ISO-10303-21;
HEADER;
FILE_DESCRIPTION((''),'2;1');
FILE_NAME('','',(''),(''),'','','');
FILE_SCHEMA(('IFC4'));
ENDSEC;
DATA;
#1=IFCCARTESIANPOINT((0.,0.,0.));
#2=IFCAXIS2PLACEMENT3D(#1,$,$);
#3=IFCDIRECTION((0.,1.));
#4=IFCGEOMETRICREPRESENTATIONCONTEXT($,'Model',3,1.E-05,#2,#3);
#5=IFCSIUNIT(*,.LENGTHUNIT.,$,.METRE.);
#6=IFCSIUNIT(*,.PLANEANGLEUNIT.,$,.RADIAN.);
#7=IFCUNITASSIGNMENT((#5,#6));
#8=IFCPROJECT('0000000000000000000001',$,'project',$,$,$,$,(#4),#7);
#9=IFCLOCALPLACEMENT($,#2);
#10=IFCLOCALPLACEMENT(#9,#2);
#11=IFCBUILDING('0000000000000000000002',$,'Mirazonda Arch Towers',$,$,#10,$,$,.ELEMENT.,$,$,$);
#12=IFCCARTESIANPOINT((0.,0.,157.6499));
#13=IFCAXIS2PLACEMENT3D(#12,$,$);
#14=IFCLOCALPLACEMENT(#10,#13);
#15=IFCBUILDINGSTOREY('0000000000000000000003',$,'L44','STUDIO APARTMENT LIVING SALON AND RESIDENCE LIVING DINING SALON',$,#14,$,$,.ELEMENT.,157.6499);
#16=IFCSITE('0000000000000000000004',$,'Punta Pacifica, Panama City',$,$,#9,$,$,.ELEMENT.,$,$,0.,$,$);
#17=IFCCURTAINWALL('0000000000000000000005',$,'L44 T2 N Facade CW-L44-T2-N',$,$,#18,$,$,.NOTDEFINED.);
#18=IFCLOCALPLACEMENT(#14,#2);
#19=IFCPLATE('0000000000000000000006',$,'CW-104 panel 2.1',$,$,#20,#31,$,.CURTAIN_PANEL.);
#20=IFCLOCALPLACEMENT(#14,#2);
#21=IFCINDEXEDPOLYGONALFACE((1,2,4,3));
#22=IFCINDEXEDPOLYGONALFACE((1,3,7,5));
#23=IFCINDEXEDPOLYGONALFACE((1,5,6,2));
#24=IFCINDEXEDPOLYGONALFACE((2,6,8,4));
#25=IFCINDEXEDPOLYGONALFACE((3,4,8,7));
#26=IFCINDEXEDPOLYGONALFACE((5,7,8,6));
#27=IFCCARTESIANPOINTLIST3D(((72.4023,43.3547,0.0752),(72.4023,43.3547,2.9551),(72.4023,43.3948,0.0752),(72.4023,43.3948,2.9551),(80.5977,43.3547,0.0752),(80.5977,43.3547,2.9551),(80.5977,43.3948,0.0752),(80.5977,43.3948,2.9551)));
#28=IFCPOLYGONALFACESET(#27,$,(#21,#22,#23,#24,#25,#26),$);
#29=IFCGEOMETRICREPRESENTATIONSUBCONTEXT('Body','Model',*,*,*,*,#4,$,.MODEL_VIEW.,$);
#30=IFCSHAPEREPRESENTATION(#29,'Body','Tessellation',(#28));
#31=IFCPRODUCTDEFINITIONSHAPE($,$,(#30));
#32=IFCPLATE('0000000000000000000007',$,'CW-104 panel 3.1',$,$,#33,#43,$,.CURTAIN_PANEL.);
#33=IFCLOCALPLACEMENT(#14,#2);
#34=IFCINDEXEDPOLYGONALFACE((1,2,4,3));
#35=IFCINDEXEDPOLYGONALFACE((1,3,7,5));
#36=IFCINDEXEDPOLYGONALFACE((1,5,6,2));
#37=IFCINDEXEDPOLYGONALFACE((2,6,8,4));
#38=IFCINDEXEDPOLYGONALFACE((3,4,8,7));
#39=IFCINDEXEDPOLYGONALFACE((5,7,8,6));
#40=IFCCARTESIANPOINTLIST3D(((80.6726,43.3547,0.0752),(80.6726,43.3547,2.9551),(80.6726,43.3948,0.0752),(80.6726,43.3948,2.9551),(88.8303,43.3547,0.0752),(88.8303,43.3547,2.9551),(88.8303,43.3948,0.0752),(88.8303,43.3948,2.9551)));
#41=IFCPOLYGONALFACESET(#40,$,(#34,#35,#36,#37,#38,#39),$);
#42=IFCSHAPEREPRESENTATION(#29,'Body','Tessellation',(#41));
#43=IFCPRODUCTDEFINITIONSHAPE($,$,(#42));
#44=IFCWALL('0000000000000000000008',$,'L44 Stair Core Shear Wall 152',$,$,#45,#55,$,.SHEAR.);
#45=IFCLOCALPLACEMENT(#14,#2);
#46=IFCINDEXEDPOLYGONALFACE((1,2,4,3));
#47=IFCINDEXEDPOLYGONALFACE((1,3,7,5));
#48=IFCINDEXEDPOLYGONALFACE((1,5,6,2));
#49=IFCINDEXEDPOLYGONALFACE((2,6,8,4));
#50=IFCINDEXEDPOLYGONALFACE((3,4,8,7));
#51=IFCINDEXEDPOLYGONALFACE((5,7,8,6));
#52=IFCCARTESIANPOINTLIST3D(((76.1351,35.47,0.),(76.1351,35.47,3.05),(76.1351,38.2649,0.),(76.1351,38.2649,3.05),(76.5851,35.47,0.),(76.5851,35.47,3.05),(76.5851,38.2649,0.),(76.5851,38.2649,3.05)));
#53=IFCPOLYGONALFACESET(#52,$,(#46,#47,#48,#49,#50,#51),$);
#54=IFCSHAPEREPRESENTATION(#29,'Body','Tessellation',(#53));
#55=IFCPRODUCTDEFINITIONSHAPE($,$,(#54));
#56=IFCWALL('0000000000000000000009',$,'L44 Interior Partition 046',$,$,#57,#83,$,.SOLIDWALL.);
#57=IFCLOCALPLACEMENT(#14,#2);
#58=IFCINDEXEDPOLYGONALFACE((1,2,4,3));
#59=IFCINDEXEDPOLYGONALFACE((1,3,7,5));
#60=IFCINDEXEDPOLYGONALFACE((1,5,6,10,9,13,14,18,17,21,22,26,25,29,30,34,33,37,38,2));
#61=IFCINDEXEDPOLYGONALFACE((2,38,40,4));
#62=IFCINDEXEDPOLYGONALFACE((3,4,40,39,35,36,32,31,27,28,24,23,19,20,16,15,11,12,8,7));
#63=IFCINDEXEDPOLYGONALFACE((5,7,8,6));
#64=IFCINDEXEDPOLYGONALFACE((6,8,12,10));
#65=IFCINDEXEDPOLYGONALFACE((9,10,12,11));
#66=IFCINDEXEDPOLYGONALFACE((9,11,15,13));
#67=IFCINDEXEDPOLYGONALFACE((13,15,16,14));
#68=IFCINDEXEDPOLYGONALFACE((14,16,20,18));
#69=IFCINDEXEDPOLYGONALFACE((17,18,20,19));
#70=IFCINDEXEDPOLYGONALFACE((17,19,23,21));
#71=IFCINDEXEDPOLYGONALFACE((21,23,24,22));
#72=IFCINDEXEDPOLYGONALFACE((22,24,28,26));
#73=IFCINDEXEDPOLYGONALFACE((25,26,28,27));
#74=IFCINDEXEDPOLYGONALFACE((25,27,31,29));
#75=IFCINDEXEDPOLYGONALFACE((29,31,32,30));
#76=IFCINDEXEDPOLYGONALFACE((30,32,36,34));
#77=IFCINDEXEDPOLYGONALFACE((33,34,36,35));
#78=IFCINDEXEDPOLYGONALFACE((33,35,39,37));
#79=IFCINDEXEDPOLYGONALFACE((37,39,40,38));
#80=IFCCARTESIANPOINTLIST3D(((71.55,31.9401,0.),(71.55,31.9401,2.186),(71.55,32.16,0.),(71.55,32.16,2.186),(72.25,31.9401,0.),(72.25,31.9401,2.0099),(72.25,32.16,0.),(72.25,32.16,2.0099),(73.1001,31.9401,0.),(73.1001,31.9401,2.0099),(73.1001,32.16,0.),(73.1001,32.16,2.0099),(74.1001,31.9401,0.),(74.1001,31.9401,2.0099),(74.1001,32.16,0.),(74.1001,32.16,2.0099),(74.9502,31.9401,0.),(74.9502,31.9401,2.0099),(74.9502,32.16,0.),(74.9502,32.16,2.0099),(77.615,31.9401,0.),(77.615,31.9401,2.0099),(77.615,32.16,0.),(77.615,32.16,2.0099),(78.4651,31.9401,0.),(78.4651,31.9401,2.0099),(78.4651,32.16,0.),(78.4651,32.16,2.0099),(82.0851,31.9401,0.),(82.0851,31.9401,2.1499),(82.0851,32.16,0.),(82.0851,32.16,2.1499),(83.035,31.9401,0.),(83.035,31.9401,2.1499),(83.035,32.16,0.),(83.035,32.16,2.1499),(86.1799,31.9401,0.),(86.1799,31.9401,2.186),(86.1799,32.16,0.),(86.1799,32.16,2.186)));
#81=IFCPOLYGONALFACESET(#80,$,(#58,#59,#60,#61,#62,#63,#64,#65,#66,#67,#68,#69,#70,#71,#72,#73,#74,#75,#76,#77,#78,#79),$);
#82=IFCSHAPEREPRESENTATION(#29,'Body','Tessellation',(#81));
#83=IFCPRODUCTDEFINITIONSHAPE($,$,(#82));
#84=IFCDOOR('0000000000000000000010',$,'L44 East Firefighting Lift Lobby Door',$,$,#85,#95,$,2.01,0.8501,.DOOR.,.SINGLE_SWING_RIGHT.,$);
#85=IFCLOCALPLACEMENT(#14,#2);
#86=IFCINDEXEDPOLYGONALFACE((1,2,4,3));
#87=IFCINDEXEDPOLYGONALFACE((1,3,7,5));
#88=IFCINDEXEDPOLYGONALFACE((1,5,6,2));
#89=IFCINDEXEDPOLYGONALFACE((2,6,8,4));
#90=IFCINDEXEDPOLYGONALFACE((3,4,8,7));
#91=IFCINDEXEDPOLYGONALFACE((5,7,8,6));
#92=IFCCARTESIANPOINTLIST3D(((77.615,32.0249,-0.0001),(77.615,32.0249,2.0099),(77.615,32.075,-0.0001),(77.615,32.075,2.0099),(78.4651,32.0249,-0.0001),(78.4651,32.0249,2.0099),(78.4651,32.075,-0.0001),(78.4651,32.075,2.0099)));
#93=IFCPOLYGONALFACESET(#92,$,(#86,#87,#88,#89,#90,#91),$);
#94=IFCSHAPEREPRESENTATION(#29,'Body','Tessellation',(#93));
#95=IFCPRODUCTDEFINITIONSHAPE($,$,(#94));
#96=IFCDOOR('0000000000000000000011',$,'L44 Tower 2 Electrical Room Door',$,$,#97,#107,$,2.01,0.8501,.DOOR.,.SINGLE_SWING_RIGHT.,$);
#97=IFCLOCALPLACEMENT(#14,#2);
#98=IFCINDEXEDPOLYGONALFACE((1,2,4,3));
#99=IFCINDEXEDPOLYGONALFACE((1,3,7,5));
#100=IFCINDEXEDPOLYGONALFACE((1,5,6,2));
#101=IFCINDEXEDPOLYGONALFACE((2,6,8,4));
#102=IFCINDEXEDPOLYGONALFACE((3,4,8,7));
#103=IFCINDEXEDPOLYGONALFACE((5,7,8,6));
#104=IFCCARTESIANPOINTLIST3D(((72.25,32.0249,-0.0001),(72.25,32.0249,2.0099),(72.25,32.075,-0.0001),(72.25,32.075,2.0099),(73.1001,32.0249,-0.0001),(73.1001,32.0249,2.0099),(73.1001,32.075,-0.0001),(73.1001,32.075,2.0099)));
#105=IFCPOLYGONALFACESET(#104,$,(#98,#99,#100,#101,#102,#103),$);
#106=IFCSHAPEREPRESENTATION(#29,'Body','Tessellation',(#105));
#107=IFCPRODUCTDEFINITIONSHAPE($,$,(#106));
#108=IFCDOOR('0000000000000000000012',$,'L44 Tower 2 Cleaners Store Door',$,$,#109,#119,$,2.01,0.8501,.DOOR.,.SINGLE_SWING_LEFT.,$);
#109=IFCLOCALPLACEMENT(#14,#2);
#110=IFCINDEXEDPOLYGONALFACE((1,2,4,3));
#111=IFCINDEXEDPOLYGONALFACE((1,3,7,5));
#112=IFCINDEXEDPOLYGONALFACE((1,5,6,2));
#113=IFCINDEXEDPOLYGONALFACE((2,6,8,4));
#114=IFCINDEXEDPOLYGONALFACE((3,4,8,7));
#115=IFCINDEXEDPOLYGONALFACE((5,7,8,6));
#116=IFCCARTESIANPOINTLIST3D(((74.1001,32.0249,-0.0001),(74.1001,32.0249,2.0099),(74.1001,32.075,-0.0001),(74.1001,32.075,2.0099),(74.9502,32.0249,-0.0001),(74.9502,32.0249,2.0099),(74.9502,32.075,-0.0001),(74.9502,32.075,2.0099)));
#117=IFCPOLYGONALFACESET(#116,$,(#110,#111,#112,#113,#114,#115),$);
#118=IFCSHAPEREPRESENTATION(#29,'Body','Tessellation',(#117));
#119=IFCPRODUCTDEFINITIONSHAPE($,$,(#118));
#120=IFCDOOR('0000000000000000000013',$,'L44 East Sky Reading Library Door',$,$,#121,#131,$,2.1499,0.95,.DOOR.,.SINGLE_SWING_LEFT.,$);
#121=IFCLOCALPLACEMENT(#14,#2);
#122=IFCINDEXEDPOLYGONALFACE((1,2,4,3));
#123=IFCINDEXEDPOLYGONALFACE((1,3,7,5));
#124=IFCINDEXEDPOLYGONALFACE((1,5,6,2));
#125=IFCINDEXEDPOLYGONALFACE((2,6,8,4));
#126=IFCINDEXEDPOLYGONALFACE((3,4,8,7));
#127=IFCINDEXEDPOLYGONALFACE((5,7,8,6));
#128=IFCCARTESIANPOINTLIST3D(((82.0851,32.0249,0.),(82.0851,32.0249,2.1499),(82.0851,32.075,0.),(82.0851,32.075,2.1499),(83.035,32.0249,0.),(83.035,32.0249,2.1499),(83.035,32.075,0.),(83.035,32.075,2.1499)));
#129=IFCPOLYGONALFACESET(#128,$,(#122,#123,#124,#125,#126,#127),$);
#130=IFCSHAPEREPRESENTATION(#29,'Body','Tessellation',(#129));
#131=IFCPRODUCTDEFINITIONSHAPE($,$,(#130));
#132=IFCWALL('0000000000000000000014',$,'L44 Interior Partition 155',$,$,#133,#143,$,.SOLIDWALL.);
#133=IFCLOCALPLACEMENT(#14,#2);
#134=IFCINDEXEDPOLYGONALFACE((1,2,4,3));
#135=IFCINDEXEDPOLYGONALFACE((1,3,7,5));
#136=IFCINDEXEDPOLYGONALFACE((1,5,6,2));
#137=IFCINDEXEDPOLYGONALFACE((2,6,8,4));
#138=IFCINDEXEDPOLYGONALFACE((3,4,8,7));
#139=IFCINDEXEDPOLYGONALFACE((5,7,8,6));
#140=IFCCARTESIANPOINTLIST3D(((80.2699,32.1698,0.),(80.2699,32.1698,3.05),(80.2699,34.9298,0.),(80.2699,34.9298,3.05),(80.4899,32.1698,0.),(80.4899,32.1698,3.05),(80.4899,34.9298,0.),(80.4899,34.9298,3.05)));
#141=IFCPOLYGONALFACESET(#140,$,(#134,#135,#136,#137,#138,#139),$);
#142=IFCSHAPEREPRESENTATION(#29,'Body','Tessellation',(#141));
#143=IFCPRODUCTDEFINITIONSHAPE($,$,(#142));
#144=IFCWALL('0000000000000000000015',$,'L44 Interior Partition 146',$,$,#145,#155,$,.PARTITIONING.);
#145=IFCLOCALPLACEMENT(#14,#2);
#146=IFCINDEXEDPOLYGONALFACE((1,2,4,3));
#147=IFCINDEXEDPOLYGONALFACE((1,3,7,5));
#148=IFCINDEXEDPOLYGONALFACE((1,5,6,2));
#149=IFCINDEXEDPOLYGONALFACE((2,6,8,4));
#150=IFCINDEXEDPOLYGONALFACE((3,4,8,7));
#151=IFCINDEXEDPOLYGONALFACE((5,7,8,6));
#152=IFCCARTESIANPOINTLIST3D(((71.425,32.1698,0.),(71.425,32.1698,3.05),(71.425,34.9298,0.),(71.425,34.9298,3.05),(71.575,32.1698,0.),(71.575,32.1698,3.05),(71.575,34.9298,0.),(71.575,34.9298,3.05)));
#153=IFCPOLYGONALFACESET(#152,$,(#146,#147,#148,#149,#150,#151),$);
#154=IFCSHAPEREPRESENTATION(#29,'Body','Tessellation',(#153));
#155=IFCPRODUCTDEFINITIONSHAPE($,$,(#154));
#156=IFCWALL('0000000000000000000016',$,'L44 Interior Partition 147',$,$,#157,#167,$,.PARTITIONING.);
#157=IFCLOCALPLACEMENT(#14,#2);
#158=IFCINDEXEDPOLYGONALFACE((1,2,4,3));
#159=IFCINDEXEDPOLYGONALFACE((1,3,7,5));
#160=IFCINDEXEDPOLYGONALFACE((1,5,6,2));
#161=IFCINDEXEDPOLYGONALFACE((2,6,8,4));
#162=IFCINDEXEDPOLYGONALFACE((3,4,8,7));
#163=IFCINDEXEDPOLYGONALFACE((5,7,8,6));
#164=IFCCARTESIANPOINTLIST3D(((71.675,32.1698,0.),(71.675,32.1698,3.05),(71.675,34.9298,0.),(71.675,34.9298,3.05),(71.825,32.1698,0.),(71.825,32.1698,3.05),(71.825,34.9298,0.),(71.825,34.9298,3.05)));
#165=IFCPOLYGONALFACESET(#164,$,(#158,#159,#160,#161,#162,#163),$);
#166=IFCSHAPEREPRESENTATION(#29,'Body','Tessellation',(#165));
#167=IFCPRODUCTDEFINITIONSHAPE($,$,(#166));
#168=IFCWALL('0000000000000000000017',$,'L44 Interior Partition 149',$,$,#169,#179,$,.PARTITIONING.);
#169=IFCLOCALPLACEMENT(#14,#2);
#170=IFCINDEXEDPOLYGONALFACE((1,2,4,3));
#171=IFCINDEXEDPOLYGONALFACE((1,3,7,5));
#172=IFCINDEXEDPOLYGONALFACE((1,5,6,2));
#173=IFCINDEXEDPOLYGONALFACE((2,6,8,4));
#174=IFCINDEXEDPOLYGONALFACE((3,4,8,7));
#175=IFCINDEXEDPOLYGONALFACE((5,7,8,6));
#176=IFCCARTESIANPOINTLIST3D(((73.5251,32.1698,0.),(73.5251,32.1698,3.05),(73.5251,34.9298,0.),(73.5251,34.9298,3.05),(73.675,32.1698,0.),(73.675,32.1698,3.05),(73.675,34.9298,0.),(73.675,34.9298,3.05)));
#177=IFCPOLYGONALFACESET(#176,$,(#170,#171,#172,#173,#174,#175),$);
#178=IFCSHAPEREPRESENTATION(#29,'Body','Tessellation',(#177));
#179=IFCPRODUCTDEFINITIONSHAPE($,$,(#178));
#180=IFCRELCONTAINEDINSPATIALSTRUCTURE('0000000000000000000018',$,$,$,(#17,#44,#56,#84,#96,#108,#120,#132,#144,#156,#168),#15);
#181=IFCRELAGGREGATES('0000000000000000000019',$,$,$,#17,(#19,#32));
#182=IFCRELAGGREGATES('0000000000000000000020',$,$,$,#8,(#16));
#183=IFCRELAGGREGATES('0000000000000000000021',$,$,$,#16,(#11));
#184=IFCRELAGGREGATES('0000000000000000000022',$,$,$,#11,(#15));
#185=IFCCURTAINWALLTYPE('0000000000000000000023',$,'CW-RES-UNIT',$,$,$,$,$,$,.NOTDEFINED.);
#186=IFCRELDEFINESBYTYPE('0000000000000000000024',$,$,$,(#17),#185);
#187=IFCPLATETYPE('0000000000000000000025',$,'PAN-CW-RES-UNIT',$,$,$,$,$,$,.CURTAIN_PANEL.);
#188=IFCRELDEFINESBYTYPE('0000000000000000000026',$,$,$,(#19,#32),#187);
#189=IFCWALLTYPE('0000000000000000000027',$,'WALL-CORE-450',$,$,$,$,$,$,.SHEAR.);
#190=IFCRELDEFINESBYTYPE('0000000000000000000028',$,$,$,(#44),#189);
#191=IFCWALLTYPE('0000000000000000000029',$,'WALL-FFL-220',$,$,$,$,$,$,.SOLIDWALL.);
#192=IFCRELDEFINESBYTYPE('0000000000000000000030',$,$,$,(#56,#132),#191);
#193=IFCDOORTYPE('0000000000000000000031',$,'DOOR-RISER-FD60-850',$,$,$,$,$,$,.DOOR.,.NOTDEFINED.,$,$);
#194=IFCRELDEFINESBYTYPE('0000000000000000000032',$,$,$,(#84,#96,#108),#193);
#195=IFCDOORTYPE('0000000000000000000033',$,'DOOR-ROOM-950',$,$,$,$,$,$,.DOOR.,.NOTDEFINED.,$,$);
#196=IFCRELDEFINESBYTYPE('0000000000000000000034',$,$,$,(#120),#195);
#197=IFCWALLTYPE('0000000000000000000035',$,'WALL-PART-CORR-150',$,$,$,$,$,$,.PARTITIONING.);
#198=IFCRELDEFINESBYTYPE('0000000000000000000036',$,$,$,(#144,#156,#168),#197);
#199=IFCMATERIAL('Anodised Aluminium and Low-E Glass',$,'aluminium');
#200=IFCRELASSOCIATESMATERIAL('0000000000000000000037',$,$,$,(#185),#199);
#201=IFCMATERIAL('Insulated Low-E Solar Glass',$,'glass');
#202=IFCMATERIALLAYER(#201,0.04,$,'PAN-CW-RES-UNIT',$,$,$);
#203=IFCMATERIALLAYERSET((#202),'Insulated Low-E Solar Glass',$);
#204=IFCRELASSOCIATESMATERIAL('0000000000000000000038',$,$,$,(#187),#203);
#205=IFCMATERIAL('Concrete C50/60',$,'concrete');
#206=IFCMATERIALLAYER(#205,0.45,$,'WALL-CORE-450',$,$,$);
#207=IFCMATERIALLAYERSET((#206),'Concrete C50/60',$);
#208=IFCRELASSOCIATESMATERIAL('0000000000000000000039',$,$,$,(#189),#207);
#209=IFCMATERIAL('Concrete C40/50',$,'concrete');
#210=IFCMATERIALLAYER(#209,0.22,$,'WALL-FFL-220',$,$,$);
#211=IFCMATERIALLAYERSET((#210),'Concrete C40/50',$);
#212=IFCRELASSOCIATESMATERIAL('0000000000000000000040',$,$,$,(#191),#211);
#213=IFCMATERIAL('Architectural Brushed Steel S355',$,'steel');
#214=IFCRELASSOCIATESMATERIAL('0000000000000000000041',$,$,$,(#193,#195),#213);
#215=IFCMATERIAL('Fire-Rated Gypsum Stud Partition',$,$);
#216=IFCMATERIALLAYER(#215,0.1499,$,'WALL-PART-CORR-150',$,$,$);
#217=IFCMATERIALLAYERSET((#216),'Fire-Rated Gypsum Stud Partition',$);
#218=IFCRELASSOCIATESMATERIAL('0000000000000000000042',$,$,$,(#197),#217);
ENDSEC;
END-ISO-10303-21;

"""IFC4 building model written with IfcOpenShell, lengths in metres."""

from ifc_helpers import new_model, si_unit, direction, frame, frame_2d, origin, origin_2d, place, context, subcontext, project, spatial, rectangle, extrude, material, layer, layer_set, type_object, element, fill, aggregate, save


model = new_model("IFC4")

# Units and contexts
model_context = context("Model", 3, precision=1e-05, world=origin(), true_north=direction((0.0, 1.0)))
body_context = subcontext(model_context, "Body", "Model", "MODEL_VIEW")
ifc_project = project(units=[si_unit("LENGTHUNIT", "METRE"), si_unit("PLANEANGLEUNIT", "RADIAN")], contexts=[model_context])

# Site, building, storey
site_placement = place(None, origin())
site = spatial("IfcSite", under=ifc_project, at=site_placement, Name="Punta Pacifica, Panama City", CompositionType="ELEMENT", RefElevation=0.0)
building_placement = place(site_placement, origin())
building = spatial("IfcBuilding", under=site, at=building_placement, Name="Mirazonda Arch Towers", CompositionType="ELEMENT")
storey_placement = place(building_placement, frame((0.0, 0.0, 157.6499)))
storey = spatial("IfcBuildingStorey", under=building, at=storey_placement, Name="L44", Description="STUDIO APARTMENT LIVING SALON AND RESIDENCE LIVING DINING SALON", CompositionType="ELEMENT", Elevation=157.6499)

# Shared definitions
ifc_material_1 = material(Name="Concrete C50/60", Category="concrete")

# Curtain wall, plates
ifc_material_2 = material(Name="Anodised Aluminium and Low-E Glass", Category="aluminium")
curtain_wall_type = type_object("IfcCurtainWallType", Name="CW-RES-UNIT", PredefinedType="NOTDEFINED", material=ifc_material_2)
curtain_wall_placement = place(storey_placement, origin())
curtain_wall = element("IfcCurtainWall", 1, at=curtain_wall_placement, inside=storey, type_object=curtain_wall_type, Name="L44 T2 N Facade CW-L44-T2-N", PredefinedType="NOTDEFINED")
ifc_material_3 = material(Name="Insulated Low-E Solar Glass", Category="glass")
ifc_layer_1 = layer(ifc_material_3, 0.04, Name="PAN-CW-RES-UNIT")
ifc_layer_set_1 = layer_set([ifc_layer_1], Name="Insulated Low-E Solar Glass")
plate_type = type_object("IfcPlateType", Name="PAN-CW-RES-UNIT", PredefinedType="CURTAIN_PANEL", material=ifc_layer_set_1)
plate_1_placement = place(storey_placement, frame((76.5, 43.3748, 0.0752), z_axis=(0.0, 0.0, 1.0), x_axis=(1.0, 0.0, 0.0)))
plate_1 = element("IfcPlate", 2, at=plate_1_placement, type_object=plate_type, Name="CW-104 panel 2.1", PredefinedType="CURTAIN_PANEL", context=body_context, shape_type="SweptSolid", body=[
    extrude(rectangle(XDim=8.1953, YDim=0.04, at=origin_2d()), origin(), (0.0, 0.0, 1.0), 2.8799),
])
plate_2_placement = place(storey_placement, frame((84.7515, 43.3748, 0.0752), z_axis=(0.0, 0.0, 1.0), x_axis=(1.0, 0.0, 0.0)))
plate_2 = element("IfcPlate", 3, at=plate_2_placement, type_object=plate_type, Name="CW-104 panel 3.1", PredefinedType="CURTAIN_PANEL", context=body_context, shape_type="SweptSolid", body=[
    extrude(rectangle(XDim=8.1577, YDim=0.04, at=origin_2d()), origin(), (0.0, 0.0, 1.0), 2.8799),
])
aggregate(curtain_wall, [plate_1, plate_2])

# Wall
ifc_layer_2 = layer(ifc_material_1, 0.45, Name="WALL-CORE-450")
ifc_layer_set_2 = layer_set([ifc_layer_2], Name="Concrete C50/60")
wall_type_1 = type_object("IfcWallType", Name="WALL-CORE-450", PredefinedType="SHEAR", material=ifc_layer_set_2)
wall_1_placement = place(storey_placement, frame((76.3601, 35.47, 0.0), z_axis=(0.0, 0.0, 1.0), x_axis=(0.0, 1.0, 0.0)))
element("IfcWall", 4, at=wall_1_placement, inside=storey, type_object=wall_type_1, Name="L44 Stair Core Shear Wall 152", PredefinedType="SHEAR", context=body_context, shape_type="SweptSolid", body=[
    extrude(rectangle(XDim=2.7949, YDim=0.45, at=frame_2d((1.3975, 0.0))), origin(), (0.0, 0.0, 1.0), 3.05),
])

# Wall, openings, doors
ifc_material_4 = material(Name="Concrete C40/50", Category="concrete")
ifc_layer_3 = layer(ifc_material_4, 0.22, Name="WALL-FFL-220")
ifc_layer_set_3 = layer_set([ifc_layer_3], Name="Concrete C40/50")
wall_type_2 = type_object("IfcWallType", Name="WALL-FFL-220", PredefinedType="SOLIDWALL", material=ifc_layer_set_3)
wall_2_placement = place(storey_placement, frame((71.55, 32.05, 0.0), z_axis=(0.0, 0.0, 1.0), x_axis=(1.0, 0.0, 0.0)))
wall_2 = element("IfcWall", 5, at=wall_2_placement, inside=storey, type_object=wall_type_2, Name="L44 Interior Partition 046", PredefinedType="SOLIDWALL", context=body_context, shape_type="SweptSolid", body=[
    extrude(rectangle(XDim=14.6299, YDim=0.22, at=frame_2d((7.3149, 0.0))), origin(), (0.0, 0.0, 1.0), 2.186),
])
opening_1_placement = place(wall_2_placement, frame((6.0649, 0.0, 0.0)))
opening_1 = element("IfcOpeningElement", 6, at=opening_1_placement, cuts=wall_2, PredefinedType="OPENING", context=body_context, shape_type="SweptSolid", body=[
    extrude(rectangle(XDim=0.8501, YDim=2.01, at=frame_2d((0.425, 1.0049))), frame((0.0, 0.1199, 0.0), z_axis=(0.0, -1.0, 0.0), x_axis=(1.0, 0.0, 0.0)), (0.0, 0.0, 1.0), 0.24),
])
opening_2_placement = place(wall_2_placement, frame((10.5349, 0.0, 0.0)))
opening_2 = element("IfcOpeningElement", 7, at=opening_2_placement, cuts=wall_2, PredefinedType="OPENING", context=body_context, shape_type="SweptSolid", body=[
    extrude(rectangle(XDim=0.95, YDim=2.1499, at=frame_2d((0.4751, 1.075))), frame((0.0, 0.1199, 0.0), z_axis=(0.0, -1.0, 0.0), x_axis=(1.0, 0.0, 0.0)), (0.0, 0.0, 1.0), 0.24),
])
opening_3_placement = place(wall_2_placement, frame((0.7, 0.0, 0.0)))
opening_3 = element("IfcOpeningElement", 8, at=opening_3_placement, cuts=wall_2, PredefinedType="OPENING", context=body_context, shape_type="SweptSolid", body=[
    extrude(rectangle(XDim=0.8501, YDim=2.01, at=frame_2d((0.425, 1.0049))), frame((0.0, 0.1199, 0.0), z_axis=(0.0, -1.0, 0.0), x_axis=(1.0, 0.0, 0.0)), (0.0, 0.0, 1.0), 0.24),
])
opening_4_placement = place(wall_2_placement, frame((2.55, 0.0, 0.0)))
opening_4 = element("IfcOpeningElement", 9, at=opening_4_placement, cuts=wall_2, PredefinedType="OPENING", context=body_context, shape_type="SweptSolid", body=[
    extrude(rectangle(XDim=0.8501, YDim=2.01, at=frame_2d((0.425, 1.0049))), frame((0.0, 0.1199, 0.0), z_axis=(0.0, -1.0, 0.0), x_axis=(1.0, 0.0, 0.0)), (0.0, 0.0, 1.0), 0.24),
])
ifc_material_5 = material(Name="Architectural Brushed Steel S355", Category="steel")
door_type_1 = type_object("IfcDoorType", Name="DOOR-RISER-FD60-850", OperationType="NOTDEFINED", PredefinedType="DOOR", material=ifc_material_5)
door_1_placement = place(opening_1_placement, origin())
door_1 = element("IfcDoor", 10, at=door_1_placement, inside=storey, type_object=door_type_1, Name="L44 East Firefighting Lift Lobby Door", OperationType="SINGLE_SWING_RIGHT", OverallHeight=2.01, OverallWidth=0.8501, PredefinedType="DOOR", context=body_context, shape_type="SweptSolid", body=[
    extrude(rectangle(XDim=0.8501, YDim=2.01, at=frame_2d((0.425, 1.0049))), frame((0.0, 0.0249, 0.0), z_axis=(0.0, -1.0, 0.0), x_axis=(1.0, 0.0, 0.0)), (0.0, 0.0, 1.0), 0.05),
])
fill(opening_1, door_1)
door_2_placement = place(opening_3_placement, origin())
door_2 = element("IfcDoor", 11, at=door_2_placement, inside=storey, type_object=door_type_1, Name="L44 Tower 2 Electrical Room Door", OperationType="SINGLE_SWING_RIGHT", OverallHeight=2.01, OverallWidth=0.8501, PredefinedType="DOOR", context=body_context, shape_type="SweptSolid", body=[
    extrude(rectangle(XDim=0.8501, YDim=2.01, at=frame_2d((0.425, 1.0049))), frame((0.0, 0.0249, 0.0), z_axis=(0.0, -1.0, 0.0), x_axis=(1.0, 0.0, 0.0)), (0.0, 0.0, 1.0), 0.05),
])
fill(opening_3, door_2)
door_3_placement = place(opening_4_placement, origin())
door_3 = element("IfcDoor", 12, at=door_3_placement, inside=storey, type_object=door_type_1, Name="L44 Tower 2 Cleaners Store Door", OperationType="SINGLE_SWING_LEFT", OverallHeight=2.01, OverallWidth=0.8501, PredefinedType="DOOR", context=body_context, shape_type="SweptSolid", body=[
    extrude(rectangle(XDim=0.8501, YDim=2.01, at=frame_2d((0.425, 1.0049))), frame((0.0, 0.0249, 0.0), z_axis=(0.0, -1.0, 0.0), x_axis=(1.0, 0.0, 0.0)), (0.0, 0.0, 1.0), 0.05),
])
fill(opening_4, door_3)
door_type_2 = type_object("IfcDoorType", Name="DOOR-ROOM-950", OperationType="NOTDEFINED", PredefinedType="DOOR", material=ifc_material_5)
door_4_placement = place(opening_2_placement, origin())
door_4 = element("IfcDoor", 13, at=door_4_placement, inside=storey, type_object=door_type_2, Name="L44 East Sky Reading Library Door", OperationType="SINGLE_SWING_LEFT", OverallHeight=2.1499, OverallWidth=0.95, PredefinedType="DOOR", context=body_context, shape_type="SweptSolid", body=[
    extrude(rectangle(XDim=0.95, YDim=2.1499, at=frame_2d((0.4751, 1.075))), frame((0.0, 0.0249, 0.0), z_axis=(0.0, -1.0, 0.0), x_axis=(1.0, 0.0, 0.0)), (0.0, 0.0, 1.0), 0.05),
])
fill(opening_2, door_4)

# Walls
wall_3_placement = place(storey_placement, frame((80.3799, 32.1699, 0.0), z_axis=(0.0, 0.0, 1.0), x_axis=(0.0, 1.0, 0.0)))
element("IfcWall", 14, at=wall_3_placement, inside=storey, type_object=wall_type_2, Name="L44 Interior Partition 155", PredefinedType="SOLIDWALL", context=body_context, shape_type="SweptSolid", body=[
    extrude(rectangle(XDim=2.76, YDim=0.22, at=frame_2d((1.3799, 0.0))), origin(), (0.0, 0.0, 1.0), 3.05),
])
ifc_material_6 = material(Name="Fire-Rated Gypsum Stud Partition")
ifc_layer_4 = layer(ifc_material_6, 0.1499, Name="WALL-PART-CORR-150")
ifc_layer_set_4 = layer_set([ifc_layer_4], Name="Fire-Rated Gypsum Stud Partition")
wall_type_3 = type_object("IfcWallType", Name="WALL-PART-CORR-150", PredefinedType="PARTITIONING", material=ifc_layer_set_4)
for number, where, z_axis, x_axis, name in (
    (15, (71.5, 32.1699, 0.0), (0.0, 0.0, 1.0), (0.0, 1.0, 0.0), "L44 Interior Partition 146"),
    (16, (71.75, 32.1699, 0.0), (0.0, 0.0, 1.0), (0.0, 1.0, 0.0), "L44 Interior Partition 147"),
    (17, (73.6001, 32.1699, 0.0), (0.0, 0.0, 1.0), (0.0, 1.0, 0.0), "L44 Interior Partition 149"),
):
    element("IfcWall", number, at=place(storey_placement, frame(where, z_axis=z_axis, x_axis=x_axis)), inside=storey, type_object=wall_type_3, Name=name, PredefinedType="PARTITIONING", context=body_context, shape_type="SweptSolid", body=[
        extrude(rectangle(XDim=2.76, YDim=0.1499, at=frame_2d((1.3799, 0.0))), origin(), (0.0, 0.0, 1.0), 3.05),
    ])

save(model, "model.ifc")
